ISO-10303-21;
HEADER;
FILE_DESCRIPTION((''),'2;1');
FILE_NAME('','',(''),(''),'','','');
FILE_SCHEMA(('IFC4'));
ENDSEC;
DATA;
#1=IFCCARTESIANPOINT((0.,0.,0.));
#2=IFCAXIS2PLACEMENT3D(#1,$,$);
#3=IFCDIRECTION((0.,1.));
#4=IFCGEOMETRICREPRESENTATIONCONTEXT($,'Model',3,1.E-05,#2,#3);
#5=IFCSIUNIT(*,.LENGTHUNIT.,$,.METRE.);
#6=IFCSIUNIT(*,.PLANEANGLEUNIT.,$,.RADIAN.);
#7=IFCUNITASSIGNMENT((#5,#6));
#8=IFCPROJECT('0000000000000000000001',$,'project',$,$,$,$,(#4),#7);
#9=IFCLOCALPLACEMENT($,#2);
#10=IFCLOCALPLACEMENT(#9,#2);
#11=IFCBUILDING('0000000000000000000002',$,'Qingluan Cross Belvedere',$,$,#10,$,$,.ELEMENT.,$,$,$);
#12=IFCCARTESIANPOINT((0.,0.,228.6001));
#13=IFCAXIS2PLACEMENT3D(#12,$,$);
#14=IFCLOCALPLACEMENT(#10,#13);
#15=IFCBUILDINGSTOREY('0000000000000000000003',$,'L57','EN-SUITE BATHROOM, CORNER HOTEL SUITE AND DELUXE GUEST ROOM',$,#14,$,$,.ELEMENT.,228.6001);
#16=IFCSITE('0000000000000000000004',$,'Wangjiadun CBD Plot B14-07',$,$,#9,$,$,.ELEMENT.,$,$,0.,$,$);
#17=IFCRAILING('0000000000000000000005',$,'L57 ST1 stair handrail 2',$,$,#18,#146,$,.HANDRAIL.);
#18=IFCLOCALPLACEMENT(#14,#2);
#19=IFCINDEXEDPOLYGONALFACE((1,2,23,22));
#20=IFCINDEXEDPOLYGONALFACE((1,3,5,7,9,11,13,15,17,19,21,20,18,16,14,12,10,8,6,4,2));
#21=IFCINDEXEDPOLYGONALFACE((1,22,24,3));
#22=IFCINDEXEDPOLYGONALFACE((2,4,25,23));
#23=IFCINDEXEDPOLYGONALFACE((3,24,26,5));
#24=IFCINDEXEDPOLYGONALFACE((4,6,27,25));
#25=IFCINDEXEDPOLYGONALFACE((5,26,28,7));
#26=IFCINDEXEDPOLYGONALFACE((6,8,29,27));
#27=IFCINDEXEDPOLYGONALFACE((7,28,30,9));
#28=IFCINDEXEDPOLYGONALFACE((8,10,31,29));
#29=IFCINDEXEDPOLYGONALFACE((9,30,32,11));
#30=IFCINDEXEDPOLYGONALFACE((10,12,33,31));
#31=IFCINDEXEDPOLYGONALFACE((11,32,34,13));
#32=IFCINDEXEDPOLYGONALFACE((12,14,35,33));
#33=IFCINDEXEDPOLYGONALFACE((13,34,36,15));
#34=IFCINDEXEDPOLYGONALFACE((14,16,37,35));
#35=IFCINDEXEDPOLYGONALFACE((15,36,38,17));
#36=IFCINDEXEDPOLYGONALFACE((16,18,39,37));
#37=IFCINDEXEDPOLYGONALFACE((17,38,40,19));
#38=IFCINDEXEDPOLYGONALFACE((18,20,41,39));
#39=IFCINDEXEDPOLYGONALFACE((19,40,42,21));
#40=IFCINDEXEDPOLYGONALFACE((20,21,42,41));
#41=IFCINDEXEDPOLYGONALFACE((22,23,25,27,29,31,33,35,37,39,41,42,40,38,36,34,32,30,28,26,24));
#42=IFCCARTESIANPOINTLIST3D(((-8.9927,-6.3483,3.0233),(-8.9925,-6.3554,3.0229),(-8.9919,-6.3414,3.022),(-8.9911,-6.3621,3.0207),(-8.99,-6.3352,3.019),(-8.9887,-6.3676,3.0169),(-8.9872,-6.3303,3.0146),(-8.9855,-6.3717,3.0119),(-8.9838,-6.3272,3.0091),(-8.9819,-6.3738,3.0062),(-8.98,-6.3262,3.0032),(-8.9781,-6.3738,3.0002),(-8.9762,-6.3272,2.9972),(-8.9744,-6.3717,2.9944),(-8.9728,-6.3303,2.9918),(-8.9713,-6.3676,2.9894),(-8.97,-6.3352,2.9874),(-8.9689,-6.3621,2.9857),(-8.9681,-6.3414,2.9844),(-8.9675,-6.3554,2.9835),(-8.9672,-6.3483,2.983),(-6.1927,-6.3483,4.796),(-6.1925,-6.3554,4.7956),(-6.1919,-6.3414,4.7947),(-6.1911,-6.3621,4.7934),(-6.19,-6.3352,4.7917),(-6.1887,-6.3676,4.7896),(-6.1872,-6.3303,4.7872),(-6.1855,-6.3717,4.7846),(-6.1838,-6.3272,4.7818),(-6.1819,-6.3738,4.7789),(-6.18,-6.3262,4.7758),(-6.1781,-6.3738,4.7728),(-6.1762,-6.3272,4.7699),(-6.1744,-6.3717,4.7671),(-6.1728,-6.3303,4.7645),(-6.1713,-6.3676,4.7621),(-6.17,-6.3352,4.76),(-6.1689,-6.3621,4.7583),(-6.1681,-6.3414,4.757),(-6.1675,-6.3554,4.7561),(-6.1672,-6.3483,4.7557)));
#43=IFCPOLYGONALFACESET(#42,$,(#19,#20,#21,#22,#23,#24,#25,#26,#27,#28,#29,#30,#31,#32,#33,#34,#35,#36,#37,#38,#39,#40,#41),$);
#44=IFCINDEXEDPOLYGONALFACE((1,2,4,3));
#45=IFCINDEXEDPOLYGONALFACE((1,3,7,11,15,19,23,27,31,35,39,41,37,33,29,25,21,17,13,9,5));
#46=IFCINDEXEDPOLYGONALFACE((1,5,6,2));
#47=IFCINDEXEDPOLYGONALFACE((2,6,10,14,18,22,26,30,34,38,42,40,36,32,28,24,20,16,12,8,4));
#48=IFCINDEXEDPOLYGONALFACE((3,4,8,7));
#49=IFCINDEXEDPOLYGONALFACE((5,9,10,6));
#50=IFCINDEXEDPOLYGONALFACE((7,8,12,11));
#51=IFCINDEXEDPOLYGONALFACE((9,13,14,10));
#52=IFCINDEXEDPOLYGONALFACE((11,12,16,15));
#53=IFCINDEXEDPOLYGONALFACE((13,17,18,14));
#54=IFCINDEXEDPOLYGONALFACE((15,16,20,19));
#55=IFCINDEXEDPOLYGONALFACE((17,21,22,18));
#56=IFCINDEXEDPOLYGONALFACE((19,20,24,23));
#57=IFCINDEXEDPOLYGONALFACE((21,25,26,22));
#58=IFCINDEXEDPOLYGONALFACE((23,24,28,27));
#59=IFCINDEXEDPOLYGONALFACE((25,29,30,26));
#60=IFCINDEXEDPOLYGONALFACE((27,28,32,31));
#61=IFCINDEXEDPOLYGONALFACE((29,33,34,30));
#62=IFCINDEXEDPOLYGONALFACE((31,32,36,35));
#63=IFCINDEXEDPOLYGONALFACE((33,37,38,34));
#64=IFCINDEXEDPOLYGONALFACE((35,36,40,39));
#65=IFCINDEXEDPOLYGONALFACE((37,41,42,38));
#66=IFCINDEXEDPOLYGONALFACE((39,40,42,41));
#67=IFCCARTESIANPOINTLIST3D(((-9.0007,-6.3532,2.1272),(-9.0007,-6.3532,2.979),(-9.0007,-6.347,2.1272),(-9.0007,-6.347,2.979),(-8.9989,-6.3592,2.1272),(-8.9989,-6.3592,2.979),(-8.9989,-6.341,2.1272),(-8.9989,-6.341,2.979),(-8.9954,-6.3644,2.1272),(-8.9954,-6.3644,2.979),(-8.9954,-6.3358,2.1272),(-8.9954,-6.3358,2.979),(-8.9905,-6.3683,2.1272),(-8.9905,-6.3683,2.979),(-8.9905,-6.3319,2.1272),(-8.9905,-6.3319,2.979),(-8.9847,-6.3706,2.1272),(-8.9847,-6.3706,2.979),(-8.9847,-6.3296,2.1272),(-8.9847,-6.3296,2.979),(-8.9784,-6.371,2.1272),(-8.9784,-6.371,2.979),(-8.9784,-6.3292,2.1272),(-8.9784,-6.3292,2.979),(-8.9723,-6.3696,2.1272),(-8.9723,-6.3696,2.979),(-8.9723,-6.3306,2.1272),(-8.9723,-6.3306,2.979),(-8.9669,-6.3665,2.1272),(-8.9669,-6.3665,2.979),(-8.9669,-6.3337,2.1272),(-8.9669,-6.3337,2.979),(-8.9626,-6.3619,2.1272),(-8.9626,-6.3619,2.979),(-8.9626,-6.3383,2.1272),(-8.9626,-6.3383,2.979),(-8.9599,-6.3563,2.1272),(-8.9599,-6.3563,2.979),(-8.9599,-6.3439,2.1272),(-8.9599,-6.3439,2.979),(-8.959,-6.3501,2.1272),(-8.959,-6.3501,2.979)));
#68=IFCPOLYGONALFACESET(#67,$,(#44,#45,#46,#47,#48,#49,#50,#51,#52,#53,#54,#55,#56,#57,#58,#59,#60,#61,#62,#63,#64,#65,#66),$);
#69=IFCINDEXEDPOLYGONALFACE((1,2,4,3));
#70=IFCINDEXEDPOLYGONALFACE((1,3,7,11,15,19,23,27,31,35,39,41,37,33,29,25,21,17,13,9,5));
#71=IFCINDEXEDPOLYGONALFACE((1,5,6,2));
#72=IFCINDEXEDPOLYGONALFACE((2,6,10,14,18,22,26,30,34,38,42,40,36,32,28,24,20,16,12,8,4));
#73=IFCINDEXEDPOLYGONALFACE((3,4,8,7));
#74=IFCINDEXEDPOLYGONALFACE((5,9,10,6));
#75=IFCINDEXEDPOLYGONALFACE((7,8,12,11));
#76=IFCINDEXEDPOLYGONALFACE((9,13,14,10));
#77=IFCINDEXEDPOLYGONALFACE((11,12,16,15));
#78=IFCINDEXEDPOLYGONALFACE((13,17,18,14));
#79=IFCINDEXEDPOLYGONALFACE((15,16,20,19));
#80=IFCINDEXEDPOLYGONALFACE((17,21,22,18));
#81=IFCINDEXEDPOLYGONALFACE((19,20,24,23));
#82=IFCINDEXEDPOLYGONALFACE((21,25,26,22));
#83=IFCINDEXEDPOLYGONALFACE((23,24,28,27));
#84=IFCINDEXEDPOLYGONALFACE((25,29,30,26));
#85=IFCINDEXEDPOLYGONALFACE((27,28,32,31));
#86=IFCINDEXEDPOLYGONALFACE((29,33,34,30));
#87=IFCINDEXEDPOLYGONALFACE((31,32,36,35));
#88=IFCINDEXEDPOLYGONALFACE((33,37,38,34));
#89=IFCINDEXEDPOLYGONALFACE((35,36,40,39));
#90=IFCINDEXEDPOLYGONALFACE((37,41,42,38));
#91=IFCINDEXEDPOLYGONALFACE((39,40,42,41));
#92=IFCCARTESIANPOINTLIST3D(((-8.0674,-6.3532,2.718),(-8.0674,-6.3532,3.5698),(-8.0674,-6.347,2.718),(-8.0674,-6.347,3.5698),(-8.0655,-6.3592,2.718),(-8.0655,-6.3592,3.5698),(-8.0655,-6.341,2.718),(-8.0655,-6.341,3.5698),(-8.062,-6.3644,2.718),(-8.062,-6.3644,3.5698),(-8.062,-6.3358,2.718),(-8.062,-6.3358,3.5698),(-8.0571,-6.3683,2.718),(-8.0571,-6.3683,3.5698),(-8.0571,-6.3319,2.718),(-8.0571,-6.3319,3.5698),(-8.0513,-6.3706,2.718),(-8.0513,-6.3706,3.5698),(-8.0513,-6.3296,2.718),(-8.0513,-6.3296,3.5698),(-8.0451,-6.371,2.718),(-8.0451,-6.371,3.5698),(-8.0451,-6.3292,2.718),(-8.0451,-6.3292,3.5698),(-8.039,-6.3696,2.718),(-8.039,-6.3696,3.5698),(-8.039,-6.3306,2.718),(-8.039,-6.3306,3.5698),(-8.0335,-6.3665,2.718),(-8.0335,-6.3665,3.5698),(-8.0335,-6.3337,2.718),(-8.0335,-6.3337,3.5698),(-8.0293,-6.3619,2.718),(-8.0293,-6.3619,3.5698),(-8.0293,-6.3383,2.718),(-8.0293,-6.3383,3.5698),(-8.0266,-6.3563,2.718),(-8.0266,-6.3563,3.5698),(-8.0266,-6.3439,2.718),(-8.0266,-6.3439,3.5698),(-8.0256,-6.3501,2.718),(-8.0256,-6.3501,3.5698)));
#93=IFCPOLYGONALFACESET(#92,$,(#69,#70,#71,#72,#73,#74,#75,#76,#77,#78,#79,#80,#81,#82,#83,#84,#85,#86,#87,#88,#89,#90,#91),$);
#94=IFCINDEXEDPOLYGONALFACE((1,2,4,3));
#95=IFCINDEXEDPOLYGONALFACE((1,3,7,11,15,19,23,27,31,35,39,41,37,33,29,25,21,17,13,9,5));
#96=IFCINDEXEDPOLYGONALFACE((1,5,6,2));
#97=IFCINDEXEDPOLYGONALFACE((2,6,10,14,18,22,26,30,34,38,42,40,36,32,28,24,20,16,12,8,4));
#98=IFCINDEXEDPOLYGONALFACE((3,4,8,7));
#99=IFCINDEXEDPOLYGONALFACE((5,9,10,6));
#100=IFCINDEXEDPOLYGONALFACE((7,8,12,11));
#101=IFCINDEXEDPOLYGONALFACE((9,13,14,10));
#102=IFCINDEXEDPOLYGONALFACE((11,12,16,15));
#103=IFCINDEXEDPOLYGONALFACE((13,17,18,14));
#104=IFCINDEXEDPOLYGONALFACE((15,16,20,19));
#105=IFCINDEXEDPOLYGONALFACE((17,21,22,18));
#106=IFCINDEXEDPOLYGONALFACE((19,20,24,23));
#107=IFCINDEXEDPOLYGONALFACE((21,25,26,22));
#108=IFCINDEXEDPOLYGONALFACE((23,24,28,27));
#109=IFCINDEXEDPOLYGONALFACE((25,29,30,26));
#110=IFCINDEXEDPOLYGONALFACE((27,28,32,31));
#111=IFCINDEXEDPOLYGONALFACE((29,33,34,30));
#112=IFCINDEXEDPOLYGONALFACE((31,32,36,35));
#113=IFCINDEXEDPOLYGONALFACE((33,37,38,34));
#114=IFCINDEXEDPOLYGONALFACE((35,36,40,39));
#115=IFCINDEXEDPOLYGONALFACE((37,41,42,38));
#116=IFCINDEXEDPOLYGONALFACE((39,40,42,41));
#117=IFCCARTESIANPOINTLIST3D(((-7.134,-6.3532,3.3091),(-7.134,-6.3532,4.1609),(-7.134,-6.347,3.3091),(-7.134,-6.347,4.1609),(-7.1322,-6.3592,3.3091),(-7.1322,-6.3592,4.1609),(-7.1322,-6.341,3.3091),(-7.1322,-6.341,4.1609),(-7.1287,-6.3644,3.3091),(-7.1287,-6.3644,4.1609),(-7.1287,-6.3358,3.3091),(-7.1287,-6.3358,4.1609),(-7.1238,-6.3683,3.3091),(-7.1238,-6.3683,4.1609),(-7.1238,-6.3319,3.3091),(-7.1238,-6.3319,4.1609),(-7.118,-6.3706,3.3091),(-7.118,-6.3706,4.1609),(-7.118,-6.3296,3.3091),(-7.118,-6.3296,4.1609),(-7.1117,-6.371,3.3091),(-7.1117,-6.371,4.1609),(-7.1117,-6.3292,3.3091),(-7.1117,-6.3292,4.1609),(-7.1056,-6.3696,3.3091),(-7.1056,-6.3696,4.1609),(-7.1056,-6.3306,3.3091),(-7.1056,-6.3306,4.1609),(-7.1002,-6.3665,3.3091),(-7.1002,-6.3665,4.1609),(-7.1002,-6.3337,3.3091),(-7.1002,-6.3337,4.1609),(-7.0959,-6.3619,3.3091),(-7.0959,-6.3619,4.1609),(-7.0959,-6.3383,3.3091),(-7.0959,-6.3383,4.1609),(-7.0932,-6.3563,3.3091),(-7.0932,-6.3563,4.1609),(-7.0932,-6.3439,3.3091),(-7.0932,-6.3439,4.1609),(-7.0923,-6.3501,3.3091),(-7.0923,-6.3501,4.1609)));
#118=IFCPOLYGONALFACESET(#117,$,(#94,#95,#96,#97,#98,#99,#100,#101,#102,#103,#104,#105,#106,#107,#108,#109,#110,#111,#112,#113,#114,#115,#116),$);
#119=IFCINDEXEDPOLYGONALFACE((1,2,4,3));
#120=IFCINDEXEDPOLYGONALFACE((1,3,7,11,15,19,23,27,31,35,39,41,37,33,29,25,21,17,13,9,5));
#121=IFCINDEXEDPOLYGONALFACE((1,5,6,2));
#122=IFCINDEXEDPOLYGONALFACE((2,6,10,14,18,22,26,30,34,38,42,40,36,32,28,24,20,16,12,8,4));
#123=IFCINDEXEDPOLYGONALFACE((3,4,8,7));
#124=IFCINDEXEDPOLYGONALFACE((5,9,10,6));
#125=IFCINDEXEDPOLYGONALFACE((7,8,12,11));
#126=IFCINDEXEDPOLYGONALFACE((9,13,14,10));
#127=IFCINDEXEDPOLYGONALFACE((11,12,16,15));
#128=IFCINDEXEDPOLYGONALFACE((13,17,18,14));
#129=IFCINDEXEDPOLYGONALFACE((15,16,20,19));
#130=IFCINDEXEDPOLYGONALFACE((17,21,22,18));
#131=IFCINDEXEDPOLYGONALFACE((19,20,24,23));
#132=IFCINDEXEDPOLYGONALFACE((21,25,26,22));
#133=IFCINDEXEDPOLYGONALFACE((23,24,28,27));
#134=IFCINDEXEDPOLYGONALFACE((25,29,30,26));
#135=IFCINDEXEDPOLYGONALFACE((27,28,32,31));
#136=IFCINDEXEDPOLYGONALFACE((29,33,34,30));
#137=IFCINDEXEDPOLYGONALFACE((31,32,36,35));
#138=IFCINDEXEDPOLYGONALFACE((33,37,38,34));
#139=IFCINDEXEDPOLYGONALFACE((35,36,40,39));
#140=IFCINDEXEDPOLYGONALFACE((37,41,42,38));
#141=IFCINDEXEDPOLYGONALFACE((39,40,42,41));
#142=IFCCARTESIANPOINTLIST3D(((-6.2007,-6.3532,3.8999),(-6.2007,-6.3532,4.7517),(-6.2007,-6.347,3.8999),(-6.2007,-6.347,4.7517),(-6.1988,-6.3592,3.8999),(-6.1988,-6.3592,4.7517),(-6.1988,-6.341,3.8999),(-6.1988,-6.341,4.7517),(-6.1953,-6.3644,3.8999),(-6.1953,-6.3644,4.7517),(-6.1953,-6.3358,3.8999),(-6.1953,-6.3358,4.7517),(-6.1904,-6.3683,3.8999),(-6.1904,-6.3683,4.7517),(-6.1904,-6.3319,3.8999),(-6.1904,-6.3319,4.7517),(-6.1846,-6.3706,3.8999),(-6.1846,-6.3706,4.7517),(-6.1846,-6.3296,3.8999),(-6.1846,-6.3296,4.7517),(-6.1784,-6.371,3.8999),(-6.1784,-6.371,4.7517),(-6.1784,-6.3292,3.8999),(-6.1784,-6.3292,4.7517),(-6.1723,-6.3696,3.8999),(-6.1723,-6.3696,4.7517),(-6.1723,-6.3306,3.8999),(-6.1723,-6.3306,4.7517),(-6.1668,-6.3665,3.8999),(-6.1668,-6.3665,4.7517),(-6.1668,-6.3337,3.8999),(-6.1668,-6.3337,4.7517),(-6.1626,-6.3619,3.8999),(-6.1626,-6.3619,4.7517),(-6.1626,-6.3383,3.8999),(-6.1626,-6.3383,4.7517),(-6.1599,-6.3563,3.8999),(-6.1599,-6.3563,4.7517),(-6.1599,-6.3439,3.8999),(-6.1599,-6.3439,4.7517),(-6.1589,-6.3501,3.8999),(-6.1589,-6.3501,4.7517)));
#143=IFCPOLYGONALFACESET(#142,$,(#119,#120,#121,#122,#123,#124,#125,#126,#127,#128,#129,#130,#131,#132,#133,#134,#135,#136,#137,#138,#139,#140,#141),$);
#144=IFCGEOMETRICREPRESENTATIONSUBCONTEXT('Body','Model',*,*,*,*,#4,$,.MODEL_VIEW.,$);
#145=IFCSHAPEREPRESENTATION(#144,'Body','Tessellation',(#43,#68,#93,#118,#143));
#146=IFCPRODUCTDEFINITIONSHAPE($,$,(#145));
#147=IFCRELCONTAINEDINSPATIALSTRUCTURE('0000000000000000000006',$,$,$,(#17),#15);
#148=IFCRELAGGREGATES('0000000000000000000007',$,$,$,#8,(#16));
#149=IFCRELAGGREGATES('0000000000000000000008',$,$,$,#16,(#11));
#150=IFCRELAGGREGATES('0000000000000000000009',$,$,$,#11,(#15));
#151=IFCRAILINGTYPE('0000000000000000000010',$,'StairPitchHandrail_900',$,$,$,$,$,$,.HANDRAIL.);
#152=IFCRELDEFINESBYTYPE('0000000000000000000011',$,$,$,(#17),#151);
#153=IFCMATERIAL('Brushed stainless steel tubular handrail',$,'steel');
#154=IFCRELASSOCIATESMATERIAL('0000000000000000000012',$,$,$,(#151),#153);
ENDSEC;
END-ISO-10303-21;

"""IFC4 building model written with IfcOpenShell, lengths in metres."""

from ifc_helpers import new_model, si_unit, direction, frame, origin, origin_2d, place, context, subcontext, project, spatial, circle, extrude, material, type_object, element, save


model = new_model("IFC4")

# Units and contexts
model_context = context("Model", 3, precision=1e-05, world=origin(), true_north=direction((0.0, 1.0)))
body_context = subcontext(model_context, "Body", "Model", "MODEL_VIEW")
ifc_project = project(units=[si_unit("LENGTHUNIT", "METRE"), si_unit("PLANEANGLEUNIT", "RADIAN")], contexts=[model_context])

# Site, building, storey
site_placement = place(None, origin())
site = spatial("IfcSite", under=ifc_project, at=site_placement, Name="Wangjiadun CBD Plot B14-07", CompositionType="ELEMENT", RefElevation=0.0)
building_placement = place(site_placement, origin())
building = spatial("IfcBuilding", under=site, at=building_placement, Name="Qingluan Cross Belvedere", CompositionType="ELEMENT")
storey_placement = place(building_placement, frame((0.0, 0.0, 228.6001)))
storey = spatial("IfcBuildingStorey", under=building, at=storey_placement, Name="L57", Description="EN-SUITE BATHROOM, CORNER HOTEL SUITE AND DELUXE GUEST ROOM", CompositionType="ELEMENT", Elevation=228.6001)

# Railing
ifc_material_1 = material(Name="Brushed stainless steel tubular handrail", Category="steel")
railing_type_1 = type_object("IfcRailingType", Name="StairPitchHandrail_900", PredefinedType="HANDRAIL", material=ifc_material_1)
railing_1_placement = place(storey_placement, frame((-8.98, -6.3501, 2.1272)))
element("IfcRailing", 1, at=railing_1_placement, inside=storey, type_object=railing_type_1, Name="L57 ST1 stair handrail 2", PredefinedType="HANDRAIL", context=body_context, shape_type="SweptSolid", body=[
    extrude(circle(Radius=0.0239, at=origin_2d()), frame((0.0, 0.0, 0.876), z_axis=(0.844909, 0.0, 0.53491), x_axis=(0.0, 1.0, 0.0)), (0.0, 0.0, 1.0), 3.314),
    extrude(circle(Radius=0.021, at=origin_2d()), origin(), (0.0, 0.0, 1.0), 0.8518),
    extrude(circle(Radius=0.021, at=origin_2d()), frame((0.9333, 0.0, 0.5908)), (0.0, 0.0, 1.0), 0.8518),
    extrude(circle(Radius=0.021, at=origin_2d()), frame((1.8667, 0.0, 1.1819)), (0.0, 0.0, 1.0), 0.8518),
    extrude(circle(Radius=0.021, at=origin_2d()), frame((2.8, 0.0, 1.7727)), (0.0, 0.0, 1.0), 0.8518),
])

save(model, "model.ifc")
